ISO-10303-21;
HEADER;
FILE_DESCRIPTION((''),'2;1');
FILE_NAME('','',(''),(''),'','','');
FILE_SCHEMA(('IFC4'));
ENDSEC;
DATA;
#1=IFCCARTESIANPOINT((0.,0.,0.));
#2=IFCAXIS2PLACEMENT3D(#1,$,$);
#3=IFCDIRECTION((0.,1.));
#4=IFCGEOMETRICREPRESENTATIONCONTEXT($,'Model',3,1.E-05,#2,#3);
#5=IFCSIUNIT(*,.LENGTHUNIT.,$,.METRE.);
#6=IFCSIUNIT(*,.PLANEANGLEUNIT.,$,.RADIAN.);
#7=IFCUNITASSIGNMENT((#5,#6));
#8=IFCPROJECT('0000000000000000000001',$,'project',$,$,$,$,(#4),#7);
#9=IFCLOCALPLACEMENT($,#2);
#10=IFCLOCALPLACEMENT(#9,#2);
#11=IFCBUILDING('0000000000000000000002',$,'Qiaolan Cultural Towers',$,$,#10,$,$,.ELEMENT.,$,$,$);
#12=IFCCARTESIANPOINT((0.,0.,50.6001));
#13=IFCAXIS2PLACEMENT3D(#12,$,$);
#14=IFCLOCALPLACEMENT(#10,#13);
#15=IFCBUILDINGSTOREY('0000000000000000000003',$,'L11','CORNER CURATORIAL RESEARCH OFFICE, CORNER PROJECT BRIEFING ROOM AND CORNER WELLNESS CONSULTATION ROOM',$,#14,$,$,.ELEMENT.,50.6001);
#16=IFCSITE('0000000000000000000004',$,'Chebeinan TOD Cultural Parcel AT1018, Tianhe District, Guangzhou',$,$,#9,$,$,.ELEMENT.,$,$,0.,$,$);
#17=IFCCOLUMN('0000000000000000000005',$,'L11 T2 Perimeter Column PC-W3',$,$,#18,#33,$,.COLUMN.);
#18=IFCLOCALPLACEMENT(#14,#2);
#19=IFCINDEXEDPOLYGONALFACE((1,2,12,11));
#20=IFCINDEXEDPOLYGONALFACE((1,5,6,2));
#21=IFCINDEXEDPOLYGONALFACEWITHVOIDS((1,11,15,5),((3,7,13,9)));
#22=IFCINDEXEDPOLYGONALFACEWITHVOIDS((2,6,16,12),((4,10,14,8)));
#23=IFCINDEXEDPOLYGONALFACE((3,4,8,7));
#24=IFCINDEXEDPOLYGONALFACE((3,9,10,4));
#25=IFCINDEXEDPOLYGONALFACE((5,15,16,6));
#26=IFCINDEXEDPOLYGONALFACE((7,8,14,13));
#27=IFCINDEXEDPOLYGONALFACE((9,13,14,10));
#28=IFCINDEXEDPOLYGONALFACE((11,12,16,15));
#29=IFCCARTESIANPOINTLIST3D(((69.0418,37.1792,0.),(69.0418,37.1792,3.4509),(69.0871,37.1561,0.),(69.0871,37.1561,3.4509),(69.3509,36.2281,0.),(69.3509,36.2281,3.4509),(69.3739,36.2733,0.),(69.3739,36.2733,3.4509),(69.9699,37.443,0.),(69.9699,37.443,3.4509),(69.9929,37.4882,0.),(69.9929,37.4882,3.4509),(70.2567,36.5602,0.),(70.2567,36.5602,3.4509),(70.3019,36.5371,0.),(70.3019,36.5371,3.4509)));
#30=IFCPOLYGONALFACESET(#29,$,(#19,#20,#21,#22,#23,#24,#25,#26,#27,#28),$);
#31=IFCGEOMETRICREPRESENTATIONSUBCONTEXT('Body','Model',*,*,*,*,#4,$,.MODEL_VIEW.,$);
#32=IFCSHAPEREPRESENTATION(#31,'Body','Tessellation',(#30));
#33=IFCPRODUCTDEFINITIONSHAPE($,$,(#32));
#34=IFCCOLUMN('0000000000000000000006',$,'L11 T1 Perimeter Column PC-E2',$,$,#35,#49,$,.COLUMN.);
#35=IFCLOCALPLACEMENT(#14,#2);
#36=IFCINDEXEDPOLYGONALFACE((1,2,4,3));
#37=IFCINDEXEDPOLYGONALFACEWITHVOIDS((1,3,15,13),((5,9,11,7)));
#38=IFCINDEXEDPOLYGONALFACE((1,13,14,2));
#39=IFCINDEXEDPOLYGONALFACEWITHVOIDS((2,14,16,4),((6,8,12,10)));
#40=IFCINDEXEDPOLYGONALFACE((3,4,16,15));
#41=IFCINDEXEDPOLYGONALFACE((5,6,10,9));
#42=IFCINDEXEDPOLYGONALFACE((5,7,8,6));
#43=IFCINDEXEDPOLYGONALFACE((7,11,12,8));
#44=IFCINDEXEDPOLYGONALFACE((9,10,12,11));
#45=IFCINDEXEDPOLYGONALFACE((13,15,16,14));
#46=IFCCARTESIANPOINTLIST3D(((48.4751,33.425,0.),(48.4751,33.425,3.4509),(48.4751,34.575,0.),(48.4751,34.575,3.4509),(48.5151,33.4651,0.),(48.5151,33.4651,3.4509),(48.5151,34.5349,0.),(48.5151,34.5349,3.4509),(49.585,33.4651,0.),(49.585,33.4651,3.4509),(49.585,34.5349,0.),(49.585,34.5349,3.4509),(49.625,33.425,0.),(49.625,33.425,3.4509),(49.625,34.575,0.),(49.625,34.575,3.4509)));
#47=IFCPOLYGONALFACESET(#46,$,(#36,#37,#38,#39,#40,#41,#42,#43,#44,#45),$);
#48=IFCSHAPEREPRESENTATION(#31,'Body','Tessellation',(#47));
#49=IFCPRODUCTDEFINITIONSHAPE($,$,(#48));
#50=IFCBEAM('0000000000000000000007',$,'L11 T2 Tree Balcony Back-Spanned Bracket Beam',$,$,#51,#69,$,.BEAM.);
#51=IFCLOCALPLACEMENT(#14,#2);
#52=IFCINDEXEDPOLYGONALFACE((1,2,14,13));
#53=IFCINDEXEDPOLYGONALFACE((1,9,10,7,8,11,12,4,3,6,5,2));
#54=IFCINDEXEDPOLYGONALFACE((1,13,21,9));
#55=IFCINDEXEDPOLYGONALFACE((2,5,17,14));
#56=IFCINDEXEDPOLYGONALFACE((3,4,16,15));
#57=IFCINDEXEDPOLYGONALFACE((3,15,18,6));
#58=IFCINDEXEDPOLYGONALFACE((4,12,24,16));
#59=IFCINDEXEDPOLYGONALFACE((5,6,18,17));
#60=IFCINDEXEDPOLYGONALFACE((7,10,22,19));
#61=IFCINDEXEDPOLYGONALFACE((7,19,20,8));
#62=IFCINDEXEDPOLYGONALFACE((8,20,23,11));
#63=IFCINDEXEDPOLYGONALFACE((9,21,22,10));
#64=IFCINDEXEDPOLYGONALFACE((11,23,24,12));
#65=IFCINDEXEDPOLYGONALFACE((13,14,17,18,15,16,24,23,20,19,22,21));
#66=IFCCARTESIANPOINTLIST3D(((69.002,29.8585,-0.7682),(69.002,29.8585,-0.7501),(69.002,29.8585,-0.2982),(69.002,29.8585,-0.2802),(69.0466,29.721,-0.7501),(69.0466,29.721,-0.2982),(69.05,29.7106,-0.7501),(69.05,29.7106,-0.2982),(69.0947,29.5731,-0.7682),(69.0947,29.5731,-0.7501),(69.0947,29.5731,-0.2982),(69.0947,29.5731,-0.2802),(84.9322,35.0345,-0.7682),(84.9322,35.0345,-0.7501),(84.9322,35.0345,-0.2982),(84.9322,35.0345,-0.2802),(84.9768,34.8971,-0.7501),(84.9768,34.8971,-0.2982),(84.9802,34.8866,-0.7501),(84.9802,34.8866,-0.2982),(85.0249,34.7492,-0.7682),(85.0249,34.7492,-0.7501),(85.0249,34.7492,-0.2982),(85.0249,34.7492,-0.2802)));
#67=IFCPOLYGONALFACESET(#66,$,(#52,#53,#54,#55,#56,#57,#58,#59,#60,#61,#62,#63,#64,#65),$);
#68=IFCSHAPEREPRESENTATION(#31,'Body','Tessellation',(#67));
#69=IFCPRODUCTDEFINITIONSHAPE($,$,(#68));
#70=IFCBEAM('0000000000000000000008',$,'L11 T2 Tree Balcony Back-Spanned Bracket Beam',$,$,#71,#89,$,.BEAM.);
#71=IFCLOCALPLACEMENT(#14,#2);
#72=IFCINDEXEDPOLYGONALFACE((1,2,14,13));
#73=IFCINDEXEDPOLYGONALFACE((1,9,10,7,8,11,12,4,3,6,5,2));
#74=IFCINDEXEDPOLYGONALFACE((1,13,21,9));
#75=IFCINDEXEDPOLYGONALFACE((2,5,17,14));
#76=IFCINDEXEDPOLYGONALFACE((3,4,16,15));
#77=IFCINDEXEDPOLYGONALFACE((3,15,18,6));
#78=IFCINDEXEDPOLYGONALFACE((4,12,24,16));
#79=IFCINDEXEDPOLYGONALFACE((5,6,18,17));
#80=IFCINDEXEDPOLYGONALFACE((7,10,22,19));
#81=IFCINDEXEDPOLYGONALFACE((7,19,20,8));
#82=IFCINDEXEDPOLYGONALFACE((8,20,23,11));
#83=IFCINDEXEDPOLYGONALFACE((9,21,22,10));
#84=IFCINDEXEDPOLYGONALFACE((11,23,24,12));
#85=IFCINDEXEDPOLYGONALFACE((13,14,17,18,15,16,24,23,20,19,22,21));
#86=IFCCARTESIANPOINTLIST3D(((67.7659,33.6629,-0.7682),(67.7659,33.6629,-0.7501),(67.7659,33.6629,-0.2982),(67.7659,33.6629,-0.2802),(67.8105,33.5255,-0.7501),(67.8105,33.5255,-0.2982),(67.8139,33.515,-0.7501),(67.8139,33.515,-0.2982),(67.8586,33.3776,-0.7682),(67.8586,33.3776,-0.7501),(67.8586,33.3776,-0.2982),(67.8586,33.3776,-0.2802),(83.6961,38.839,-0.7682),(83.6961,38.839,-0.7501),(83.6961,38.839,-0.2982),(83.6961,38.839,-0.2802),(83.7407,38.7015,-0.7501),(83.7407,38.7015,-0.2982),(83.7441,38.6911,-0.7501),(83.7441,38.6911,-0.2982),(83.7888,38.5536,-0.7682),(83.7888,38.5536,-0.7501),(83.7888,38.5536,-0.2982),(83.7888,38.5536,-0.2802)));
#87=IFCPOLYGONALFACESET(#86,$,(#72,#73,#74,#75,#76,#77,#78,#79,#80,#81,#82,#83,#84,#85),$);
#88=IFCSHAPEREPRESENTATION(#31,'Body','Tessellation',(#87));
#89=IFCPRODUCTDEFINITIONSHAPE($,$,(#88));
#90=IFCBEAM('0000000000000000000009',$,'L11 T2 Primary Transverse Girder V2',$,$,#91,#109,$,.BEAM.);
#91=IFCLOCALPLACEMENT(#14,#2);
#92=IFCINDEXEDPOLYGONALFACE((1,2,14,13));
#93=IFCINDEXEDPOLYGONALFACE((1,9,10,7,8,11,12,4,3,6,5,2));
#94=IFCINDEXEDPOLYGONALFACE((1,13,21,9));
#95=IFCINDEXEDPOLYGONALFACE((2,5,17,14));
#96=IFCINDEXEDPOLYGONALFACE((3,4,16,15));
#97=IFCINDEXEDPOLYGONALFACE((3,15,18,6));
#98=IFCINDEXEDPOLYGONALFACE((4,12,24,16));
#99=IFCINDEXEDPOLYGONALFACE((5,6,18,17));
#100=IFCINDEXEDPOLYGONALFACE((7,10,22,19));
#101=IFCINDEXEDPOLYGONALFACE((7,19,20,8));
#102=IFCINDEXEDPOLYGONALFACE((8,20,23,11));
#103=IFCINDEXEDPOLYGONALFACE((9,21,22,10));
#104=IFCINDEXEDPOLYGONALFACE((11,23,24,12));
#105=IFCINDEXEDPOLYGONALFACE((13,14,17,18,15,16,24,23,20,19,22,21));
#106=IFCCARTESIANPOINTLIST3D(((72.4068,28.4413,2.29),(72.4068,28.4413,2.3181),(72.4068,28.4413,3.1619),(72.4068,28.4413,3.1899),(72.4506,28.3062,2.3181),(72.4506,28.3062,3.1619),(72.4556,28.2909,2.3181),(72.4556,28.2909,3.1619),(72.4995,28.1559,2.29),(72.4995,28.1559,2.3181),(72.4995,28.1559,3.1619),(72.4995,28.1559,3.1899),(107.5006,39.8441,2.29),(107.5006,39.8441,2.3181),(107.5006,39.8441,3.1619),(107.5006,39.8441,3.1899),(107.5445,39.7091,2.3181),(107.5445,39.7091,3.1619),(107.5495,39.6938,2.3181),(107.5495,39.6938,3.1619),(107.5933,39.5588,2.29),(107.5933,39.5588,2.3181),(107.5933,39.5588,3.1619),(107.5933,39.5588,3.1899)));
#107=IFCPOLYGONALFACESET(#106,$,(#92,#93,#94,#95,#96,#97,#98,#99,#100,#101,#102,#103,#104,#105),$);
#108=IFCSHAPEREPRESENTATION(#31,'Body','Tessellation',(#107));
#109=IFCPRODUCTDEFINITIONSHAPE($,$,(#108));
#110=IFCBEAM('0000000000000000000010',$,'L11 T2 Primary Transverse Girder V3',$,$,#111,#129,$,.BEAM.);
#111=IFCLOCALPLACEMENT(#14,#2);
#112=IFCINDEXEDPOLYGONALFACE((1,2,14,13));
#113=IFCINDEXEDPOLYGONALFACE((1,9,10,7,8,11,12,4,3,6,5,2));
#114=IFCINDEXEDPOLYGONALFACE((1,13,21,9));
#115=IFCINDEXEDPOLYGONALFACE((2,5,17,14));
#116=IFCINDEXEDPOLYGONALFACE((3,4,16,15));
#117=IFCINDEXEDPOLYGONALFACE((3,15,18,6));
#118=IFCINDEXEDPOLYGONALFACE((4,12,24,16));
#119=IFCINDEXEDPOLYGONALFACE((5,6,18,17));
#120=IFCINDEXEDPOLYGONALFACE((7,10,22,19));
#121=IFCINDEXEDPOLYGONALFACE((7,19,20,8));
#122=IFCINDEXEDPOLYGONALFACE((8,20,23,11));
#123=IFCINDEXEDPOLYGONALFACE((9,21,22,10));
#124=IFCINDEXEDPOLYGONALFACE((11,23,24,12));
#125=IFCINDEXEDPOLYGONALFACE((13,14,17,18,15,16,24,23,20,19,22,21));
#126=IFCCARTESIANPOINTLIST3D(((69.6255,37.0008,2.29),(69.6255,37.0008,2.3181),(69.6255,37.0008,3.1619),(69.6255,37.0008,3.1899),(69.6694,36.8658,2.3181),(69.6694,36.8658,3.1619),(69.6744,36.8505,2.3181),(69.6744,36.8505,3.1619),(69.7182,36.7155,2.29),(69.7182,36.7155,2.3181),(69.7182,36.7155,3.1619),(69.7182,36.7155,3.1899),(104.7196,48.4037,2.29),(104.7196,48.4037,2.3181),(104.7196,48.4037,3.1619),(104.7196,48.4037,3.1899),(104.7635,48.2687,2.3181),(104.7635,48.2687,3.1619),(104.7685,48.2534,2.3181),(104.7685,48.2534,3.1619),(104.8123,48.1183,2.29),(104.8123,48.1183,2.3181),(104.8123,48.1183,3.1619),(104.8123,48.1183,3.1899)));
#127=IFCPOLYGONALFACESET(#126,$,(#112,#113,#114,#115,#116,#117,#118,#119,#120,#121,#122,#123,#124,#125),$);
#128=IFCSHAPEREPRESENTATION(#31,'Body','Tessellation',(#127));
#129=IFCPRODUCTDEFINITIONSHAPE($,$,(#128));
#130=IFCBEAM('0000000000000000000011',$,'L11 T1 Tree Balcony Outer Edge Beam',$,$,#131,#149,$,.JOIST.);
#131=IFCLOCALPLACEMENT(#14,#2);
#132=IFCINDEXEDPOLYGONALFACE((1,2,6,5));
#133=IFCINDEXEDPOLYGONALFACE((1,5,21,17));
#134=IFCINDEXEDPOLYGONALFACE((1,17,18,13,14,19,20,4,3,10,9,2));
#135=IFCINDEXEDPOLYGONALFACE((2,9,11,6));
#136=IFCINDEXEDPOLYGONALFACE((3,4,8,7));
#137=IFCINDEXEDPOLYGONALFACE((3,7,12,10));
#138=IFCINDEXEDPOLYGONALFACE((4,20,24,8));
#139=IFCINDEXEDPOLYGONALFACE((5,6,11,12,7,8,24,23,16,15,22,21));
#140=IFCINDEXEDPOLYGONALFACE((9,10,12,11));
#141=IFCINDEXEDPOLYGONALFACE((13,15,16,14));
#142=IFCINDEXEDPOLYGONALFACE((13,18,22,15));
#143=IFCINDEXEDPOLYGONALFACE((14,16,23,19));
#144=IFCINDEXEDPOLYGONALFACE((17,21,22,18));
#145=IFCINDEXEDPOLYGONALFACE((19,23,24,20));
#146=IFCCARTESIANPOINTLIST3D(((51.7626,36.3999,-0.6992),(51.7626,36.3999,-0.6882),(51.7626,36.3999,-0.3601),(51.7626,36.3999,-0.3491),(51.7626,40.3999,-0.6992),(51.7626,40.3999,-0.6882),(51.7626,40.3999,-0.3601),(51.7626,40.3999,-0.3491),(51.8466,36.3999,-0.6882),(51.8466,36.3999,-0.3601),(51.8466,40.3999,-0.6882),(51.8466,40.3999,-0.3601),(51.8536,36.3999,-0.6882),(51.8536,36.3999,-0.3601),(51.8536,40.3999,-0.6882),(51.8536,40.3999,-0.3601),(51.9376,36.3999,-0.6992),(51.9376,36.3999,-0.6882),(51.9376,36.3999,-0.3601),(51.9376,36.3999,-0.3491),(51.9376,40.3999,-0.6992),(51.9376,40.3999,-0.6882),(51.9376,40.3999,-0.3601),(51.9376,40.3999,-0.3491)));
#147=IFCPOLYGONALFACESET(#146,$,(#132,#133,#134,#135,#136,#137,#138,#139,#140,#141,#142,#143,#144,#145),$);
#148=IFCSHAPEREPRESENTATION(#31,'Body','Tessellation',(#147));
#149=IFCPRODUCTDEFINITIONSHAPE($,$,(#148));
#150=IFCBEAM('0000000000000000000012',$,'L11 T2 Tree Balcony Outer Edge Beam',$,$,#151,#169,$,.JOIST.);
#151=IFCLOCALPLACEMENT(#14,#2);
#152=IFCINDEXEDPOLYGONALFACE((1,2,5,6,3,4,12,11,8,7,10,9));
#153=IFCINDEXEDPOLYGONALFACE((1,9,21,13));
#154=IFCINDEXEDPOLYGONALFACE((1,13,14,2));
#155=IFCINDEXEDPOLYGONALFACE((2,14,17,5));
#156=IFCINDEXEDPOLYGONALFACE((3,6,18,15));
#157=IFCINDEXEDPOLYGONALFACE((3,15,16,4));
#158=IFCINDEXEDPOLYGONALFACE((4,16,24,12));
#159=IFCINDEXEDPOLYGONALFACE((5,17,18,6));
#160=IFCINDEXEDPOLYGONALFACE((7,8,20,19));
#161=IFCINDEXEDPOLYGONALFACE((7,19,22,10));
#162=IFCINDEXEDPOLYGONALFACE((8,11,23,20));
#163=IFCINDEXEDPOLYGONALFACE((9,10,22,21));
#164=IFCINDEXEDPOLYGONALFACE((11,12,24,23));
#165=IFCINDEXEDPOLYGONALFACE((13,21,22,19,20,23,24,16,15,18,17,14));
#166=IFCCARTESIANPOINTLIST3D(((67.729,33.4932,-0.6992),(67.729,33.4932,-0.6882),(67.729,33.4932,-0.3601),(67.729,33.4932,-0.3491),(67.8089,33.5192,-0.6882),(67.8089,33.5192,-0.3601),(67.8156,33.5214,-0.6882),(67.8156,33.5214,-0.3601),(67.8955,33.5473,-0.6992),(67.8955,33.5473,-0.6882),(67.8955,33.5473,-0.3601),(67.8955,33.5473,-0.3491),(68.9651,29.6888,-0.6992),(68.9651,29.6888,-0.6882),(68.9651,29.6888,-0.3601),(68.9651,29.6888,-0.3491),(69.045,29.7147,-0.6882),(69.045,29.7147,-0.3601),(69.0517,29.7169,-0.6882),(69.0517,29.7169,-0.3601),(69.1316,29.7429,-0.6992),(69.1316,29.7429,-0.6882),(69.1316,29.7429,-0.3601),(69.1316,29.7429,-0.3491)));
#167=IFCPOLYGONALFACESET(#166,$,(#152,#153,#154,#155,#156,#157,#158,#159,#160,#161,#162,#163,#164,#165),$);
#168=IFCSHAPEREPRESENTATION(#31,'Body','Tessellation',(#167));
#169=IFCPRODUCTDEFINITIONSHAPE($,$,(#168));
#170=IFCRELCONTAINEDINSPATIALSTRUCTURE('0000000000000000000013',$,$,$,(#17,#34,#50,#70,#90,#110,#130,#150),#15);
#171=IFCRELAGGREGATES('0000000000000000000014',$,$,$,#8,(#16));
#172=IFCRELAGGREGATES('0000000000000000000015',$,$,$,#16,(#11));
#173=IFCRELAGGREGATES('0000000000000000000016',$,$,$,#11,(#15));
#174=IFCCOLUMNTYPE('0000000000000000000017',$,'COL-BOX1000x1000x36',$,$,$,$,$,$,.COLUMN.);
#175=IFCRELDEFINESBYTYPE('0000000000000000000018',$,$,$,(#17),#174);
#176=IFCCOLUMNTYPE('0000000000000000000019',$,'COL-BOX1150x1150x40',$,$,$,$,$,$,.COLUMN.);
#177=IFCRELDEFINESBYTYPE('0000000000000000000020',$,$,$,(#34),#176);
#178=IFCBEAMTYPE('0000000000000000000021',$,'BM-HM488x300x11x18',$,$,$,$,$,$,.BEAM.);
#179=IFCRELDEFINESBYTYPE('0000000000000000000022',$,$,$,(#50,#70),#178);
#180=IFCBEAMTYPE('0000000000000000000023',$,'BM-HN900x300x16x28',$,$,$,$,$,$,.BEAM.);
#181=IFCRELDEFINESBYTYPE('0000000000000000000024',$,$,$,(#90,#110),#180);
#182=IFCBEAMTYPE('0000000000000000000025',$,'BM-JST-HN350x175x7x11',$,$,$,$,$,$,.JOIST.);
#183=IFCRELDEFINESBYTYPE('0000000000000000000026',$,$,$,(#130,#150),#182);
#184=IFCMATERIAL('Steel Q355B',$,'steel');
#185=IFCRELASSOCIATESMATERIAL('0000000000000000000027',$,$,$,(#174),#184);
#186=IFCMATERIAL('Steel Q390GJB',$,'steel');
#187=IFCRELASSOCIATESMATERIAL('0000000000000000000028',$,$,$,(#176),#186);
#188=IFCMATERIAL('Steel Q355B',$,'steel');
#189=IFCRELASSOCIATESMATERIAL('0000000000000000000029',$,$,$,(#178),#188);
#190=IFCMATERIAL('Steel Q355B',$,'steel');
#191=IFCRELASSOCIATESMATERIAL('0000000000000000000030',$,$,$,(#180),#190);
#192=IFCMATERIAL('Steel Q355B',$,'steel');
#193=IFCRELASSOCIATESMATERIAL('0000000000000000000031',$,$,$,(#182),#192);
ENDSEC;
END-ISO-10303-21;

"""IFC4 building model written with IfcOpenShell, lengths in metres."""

from ifc_helpers import new_model, si_unit, direction, frame, origin, origin_2d, place, context, subcontext, project, spatial, hollow_rectangle, i_section, extrude, material, material_profile, profile_set, type_object, element, save


model = new_model("IFC4")

# Units and contexts
model_context = context("Model", 3, precision=1e-05, world=origin(), true_north=direction((0.0, 1.0)))
body_context = subcontext(model_context, "Body", "Model", "MODEL_VIEW")
ifc_project = project(units=[si_unit("LENGTHUNIT", "METRE"), si_unit("PLANEANGLEUNIT", "RADIAN")], contexts=[model_context])

# Site, building, storey
site_placement = place(None, origin())
site = spatial("IfcSite", under=ifc_project, at=site_placement, Name="Chebeinan TOD Cultural Parcel AT1018, Tianhe District, Guangzhou", CompositionType="ELEMENT", RefElevation=0.0)
building_placement = place(site_placement, origin())
building = spatial("IfcBuilding", under=site, at=building_placement, Name="Qiaolan Cultural Towers", CompositionType="ELEMENT")
storey_placement = place(building_placement, frame((0.0, 0.0, 50.6001)))
storey = spatial("IfcBuildingStorey", under=building, at=storey_placement, Name="L11", Description="CORNER CURATORIAL RESEARCH OFFICE, CORNER PROJECT BRIEFING ROOM AND CORNER WELLNESS CONSULTATION ROOM", CompositionType="ELEMENT", Elevation=50.6001)

# Columns
ifc_material_1 = material(Name="Steel Q355B", Category="steel")
ifc_material_profile_1 = material_profile(ifc_material_1, hollow_rectangle(XDim=1.0, YDim=1.0, WallThickness=0.0359, at=origin_2d()), Name="BOX1000x1000x36")
ifc_profile_set_1 = profile_set([ifc_material_profile_1], Name="Steel Q355B")
column_type_1 = type_object("IfcColumnType", Name="COL-BOX1000x1000x36", PredefinedType="COLUMN", material=ifc_profile_set_1)
column_1_placement = place(storey_placement, frame((69.6719, 36.8582, 0.0), z_axis=(0.0, 0.0, 1.0), x_axis=(0.951057, 0.309017, 0.0)))
element("IfcColumn", 1, at=column_1_placement, inside=storey, type_object=column_type_1, Name="L11 T2 Perimeter Column PC-W3", PredefinedType="COLUMN", context=body_context, shape_type="SweptSolid", body=[
    extrude(hollow_rectangle(XDim=1.0, YDim=1.0, WallThickness=0.0359, at=origin_2d()), origin(), (0.0, 0.0, 1.0), 3.4509),
])
ifc_material_2 = material(Name="Steel Q390GJB", Category="steel")
ifc_material_profile_2 = material_profile(ifc_material_2, hollow_rectangle(XDim=1.1499, YDim=1.1499, WallThickness=0.04, at=origin_2d()), Name="BOX1150x1150x40")
ifc_profile_set_2 = profile_set([ifc_material_profile_2], Name="Steel Q390GJB")
column_type_2 = type_object("IfcColumnType", Name="COL-BOX1150x1150x40", PredefinedType="COLUMN", material=ifc_profile_set_2)
column_2_placement = place(storey_placement, frame((49.05, 34.0, 0.0), z_axis=(0.0, 0.0, 1.0), x_axis=(1.0, 0.0, 0.0)))
element("IfcColumn", 2, at=column_2_placement, inside=storey, type_object=column_type_2, Name="L11 T1 Perimeter Column PC-E2", PredefinedType="COLUMN", context=body_context, shape_type="SweptSolid", body=[
    extrude(hollow_rectangle(XDim=1.1499, YDim=1.1499, WallThickness=0.04, at=origin_2d()), origin(), (0.0, 0.0, 1.0), 3.4509),
])

# Beams
ifc_material_3 = material(Name="Steel Q355B", Category="steel")
ifc_material_profile_3 = material_profile(ifc_material_3, i_section(OverallWidth=0.3, OverallDepth=0.488, WebThickness=0.011, FlangeThickness=0.0181, at=origin_2d()), Name="HM488x300x11x18")
ifc_profile_set_3 = profile_set([ifc_material_profile_3], Name="Steel Q355B")
beam_type_1 = type_object("IfcBeamType", Name="BM-HM488x300x11x18", PredefinedType="BEAM", material=ifc_profile_set_3)
for number, where, z_axis, x_axis, name in (
    (3, (84.9785, 34.8918, -0.5242), (-0.951057, -0.309017, 0.0), (0.309017, -0.951057, 0.0), "L11 T2 Tree Balcony Back-Spanned Bracket Beam"),
    (4, (83.7424, 38.6963, -0.5242), (-0.951057, -0.309017, 0.0), (0.309017, -0.951057, 0.0), "L11 T2 Tree Balcony Back-Spanned Bracket Beam"),
):
    element("IfcBeam", number, at=place(storey_placement, frame(where, z_axis=z_axis, x_axis=x_axis)), inside=storey, type_object=beam_type_1, Name=name, PredefinedType="BEAM", context=body_context, shape_type="SweptSolid", body=[
        extrude(i_section(OverallWidth=0.3, OverallDepth=0.488, WebThickness=0.011, FlangeThickness=0.0181, at=origin_2d()), origin(), (0.0, 0.0, 1.0), 16.75),
    ])
ifc_material_4 = material(Name="Steel Q355B", Category="steel")
ifc_material_profile_4 = material_profile(ifc_material_4, i_section(OverallWidth=0.3, OverallDepth=0.8999, WebThickness=0.0161, FlangeThickness=0.0281, at=origin_2d()), Name="HN900x300x16x28")
ifc_profile_set_4 = profile_set([ifc_material_profile_4], Name="Steel Q355B")
beam_type_2 = type_object("IfcBeamType", Name="BM-HN900x300x16x28", PredefinedType="BEAM", material=ifc_profile_set_4)
beam_1_placement = place(storey_placement, frame((72.4531, 28.2986, 2.74), z_axis=(0.951055, 0.309021, 0.0), x_axis=(-0.309021, 0.951055, 0.0)))
element("IfcBeam", 5, at=beam_1_placement, inside=storey, type_object=beam_type_2, Name="L11 T2 Primary Transverse Girder V2", PredefinedType="BEAM", context=body_context, shape_type="SweptSolid", body=[
    extrude(i_section(OverallWidth=0.3, OverallDepth=0.8999, WebThickness=0.0161, FlangeThickness=0.0281, at=origin_2d()), origin(), (0.0, 0.0, 1.0), 36.8999),
])
beam_2_placement = place(storey_placement, frame((69.6719, 36.8582, 2.74), z_axis=(0.951056, 0.309019, 0.0), x_axis=(-0.309019, 0.951056, 0.0)))
element("IfcBeam", 6, at=beam_2_placement, inside=storey, type_object=beam_type_2, Name="L11 T2 Primary Transverse Girder V3", PredefinedType="BEAM", context=body_context, shape_type="SweptSolid", body=[
    extrude(i_section(OverallWidth=0.3, OverallDepth=0.8999, WebThickness=0.0161, FlangeThickness=0.0281, at=origin_2d()), origin(), (0.0, 0.0, 1.0), 36.9001),
])
ifc_material_5 = material(Name="Steel Q355B", Category="steel")
ifc_material_profile_5 = material_profile(ifc_material_5, i_section(OverallWidth=0.175, OverallDepth=0.3501, WebThickness=0.0071, FlangeThickness=0.011, at=origin_2d()), Name="HN350x175x7x11")
ifc_profile_set_5 = profile_set([ifc_material_profile_5], Name="Steel Q355B")
beam_type_3 = type_object("IfcBeamType", Name="BM-JST-HN350x175x7x11", PredefinedType="JOIST", material=ifc_profile_set_5)
beam_3_placement = place(storey_placement, frame((51.8501, 36.3999, -0.5242), z_axis=(0.0, 1.0, 0.0), x_axis=(-1.0, 0.0, 0.0)))
element("IfcBeam", 7, at=beam_3_placement, inside=storey, type_object=beam_type_3, Name="L11 T1 Tree Balcony Outer Edge Beam", PredefinedType="JOIST", context=body_context, shape_type="SweptSolid", body=[
    extrude(i_section(OverallWidth=0.175, OverallDepth=0.3501, WebThickness=0.0071, FlangeThickness=0.011, at=origin_2d()), origin(), (0.0, 0.0, 1.0), 4.0),
])
beam_4_placement = place(storey_placement, frame((69.0483, 29.7158, -0.5242), z_axis=(-0.309005, 0.951061, 0.0), x_axis=(-0.951061, -0.309005, 0.0)))
element("IfcBeam", 8, at=beam_4_placement, inside=storey, type_object=beam_type_3, Name="L11 T2 Tree Balcony Outer Edge Beam", PredefinedType="JOIST", context=body_context, shape_type="SweptSolid", body=[
    extrude(i_section(OverallWidth=0.175, OverallDepth=0.3501, WebThickness=0.0071, FlangeThickness=0.011, at=origin_2d()), origin(), (0.0, 0.0, 1.0), 4.0002),
])

save(model, "model.ifc")
